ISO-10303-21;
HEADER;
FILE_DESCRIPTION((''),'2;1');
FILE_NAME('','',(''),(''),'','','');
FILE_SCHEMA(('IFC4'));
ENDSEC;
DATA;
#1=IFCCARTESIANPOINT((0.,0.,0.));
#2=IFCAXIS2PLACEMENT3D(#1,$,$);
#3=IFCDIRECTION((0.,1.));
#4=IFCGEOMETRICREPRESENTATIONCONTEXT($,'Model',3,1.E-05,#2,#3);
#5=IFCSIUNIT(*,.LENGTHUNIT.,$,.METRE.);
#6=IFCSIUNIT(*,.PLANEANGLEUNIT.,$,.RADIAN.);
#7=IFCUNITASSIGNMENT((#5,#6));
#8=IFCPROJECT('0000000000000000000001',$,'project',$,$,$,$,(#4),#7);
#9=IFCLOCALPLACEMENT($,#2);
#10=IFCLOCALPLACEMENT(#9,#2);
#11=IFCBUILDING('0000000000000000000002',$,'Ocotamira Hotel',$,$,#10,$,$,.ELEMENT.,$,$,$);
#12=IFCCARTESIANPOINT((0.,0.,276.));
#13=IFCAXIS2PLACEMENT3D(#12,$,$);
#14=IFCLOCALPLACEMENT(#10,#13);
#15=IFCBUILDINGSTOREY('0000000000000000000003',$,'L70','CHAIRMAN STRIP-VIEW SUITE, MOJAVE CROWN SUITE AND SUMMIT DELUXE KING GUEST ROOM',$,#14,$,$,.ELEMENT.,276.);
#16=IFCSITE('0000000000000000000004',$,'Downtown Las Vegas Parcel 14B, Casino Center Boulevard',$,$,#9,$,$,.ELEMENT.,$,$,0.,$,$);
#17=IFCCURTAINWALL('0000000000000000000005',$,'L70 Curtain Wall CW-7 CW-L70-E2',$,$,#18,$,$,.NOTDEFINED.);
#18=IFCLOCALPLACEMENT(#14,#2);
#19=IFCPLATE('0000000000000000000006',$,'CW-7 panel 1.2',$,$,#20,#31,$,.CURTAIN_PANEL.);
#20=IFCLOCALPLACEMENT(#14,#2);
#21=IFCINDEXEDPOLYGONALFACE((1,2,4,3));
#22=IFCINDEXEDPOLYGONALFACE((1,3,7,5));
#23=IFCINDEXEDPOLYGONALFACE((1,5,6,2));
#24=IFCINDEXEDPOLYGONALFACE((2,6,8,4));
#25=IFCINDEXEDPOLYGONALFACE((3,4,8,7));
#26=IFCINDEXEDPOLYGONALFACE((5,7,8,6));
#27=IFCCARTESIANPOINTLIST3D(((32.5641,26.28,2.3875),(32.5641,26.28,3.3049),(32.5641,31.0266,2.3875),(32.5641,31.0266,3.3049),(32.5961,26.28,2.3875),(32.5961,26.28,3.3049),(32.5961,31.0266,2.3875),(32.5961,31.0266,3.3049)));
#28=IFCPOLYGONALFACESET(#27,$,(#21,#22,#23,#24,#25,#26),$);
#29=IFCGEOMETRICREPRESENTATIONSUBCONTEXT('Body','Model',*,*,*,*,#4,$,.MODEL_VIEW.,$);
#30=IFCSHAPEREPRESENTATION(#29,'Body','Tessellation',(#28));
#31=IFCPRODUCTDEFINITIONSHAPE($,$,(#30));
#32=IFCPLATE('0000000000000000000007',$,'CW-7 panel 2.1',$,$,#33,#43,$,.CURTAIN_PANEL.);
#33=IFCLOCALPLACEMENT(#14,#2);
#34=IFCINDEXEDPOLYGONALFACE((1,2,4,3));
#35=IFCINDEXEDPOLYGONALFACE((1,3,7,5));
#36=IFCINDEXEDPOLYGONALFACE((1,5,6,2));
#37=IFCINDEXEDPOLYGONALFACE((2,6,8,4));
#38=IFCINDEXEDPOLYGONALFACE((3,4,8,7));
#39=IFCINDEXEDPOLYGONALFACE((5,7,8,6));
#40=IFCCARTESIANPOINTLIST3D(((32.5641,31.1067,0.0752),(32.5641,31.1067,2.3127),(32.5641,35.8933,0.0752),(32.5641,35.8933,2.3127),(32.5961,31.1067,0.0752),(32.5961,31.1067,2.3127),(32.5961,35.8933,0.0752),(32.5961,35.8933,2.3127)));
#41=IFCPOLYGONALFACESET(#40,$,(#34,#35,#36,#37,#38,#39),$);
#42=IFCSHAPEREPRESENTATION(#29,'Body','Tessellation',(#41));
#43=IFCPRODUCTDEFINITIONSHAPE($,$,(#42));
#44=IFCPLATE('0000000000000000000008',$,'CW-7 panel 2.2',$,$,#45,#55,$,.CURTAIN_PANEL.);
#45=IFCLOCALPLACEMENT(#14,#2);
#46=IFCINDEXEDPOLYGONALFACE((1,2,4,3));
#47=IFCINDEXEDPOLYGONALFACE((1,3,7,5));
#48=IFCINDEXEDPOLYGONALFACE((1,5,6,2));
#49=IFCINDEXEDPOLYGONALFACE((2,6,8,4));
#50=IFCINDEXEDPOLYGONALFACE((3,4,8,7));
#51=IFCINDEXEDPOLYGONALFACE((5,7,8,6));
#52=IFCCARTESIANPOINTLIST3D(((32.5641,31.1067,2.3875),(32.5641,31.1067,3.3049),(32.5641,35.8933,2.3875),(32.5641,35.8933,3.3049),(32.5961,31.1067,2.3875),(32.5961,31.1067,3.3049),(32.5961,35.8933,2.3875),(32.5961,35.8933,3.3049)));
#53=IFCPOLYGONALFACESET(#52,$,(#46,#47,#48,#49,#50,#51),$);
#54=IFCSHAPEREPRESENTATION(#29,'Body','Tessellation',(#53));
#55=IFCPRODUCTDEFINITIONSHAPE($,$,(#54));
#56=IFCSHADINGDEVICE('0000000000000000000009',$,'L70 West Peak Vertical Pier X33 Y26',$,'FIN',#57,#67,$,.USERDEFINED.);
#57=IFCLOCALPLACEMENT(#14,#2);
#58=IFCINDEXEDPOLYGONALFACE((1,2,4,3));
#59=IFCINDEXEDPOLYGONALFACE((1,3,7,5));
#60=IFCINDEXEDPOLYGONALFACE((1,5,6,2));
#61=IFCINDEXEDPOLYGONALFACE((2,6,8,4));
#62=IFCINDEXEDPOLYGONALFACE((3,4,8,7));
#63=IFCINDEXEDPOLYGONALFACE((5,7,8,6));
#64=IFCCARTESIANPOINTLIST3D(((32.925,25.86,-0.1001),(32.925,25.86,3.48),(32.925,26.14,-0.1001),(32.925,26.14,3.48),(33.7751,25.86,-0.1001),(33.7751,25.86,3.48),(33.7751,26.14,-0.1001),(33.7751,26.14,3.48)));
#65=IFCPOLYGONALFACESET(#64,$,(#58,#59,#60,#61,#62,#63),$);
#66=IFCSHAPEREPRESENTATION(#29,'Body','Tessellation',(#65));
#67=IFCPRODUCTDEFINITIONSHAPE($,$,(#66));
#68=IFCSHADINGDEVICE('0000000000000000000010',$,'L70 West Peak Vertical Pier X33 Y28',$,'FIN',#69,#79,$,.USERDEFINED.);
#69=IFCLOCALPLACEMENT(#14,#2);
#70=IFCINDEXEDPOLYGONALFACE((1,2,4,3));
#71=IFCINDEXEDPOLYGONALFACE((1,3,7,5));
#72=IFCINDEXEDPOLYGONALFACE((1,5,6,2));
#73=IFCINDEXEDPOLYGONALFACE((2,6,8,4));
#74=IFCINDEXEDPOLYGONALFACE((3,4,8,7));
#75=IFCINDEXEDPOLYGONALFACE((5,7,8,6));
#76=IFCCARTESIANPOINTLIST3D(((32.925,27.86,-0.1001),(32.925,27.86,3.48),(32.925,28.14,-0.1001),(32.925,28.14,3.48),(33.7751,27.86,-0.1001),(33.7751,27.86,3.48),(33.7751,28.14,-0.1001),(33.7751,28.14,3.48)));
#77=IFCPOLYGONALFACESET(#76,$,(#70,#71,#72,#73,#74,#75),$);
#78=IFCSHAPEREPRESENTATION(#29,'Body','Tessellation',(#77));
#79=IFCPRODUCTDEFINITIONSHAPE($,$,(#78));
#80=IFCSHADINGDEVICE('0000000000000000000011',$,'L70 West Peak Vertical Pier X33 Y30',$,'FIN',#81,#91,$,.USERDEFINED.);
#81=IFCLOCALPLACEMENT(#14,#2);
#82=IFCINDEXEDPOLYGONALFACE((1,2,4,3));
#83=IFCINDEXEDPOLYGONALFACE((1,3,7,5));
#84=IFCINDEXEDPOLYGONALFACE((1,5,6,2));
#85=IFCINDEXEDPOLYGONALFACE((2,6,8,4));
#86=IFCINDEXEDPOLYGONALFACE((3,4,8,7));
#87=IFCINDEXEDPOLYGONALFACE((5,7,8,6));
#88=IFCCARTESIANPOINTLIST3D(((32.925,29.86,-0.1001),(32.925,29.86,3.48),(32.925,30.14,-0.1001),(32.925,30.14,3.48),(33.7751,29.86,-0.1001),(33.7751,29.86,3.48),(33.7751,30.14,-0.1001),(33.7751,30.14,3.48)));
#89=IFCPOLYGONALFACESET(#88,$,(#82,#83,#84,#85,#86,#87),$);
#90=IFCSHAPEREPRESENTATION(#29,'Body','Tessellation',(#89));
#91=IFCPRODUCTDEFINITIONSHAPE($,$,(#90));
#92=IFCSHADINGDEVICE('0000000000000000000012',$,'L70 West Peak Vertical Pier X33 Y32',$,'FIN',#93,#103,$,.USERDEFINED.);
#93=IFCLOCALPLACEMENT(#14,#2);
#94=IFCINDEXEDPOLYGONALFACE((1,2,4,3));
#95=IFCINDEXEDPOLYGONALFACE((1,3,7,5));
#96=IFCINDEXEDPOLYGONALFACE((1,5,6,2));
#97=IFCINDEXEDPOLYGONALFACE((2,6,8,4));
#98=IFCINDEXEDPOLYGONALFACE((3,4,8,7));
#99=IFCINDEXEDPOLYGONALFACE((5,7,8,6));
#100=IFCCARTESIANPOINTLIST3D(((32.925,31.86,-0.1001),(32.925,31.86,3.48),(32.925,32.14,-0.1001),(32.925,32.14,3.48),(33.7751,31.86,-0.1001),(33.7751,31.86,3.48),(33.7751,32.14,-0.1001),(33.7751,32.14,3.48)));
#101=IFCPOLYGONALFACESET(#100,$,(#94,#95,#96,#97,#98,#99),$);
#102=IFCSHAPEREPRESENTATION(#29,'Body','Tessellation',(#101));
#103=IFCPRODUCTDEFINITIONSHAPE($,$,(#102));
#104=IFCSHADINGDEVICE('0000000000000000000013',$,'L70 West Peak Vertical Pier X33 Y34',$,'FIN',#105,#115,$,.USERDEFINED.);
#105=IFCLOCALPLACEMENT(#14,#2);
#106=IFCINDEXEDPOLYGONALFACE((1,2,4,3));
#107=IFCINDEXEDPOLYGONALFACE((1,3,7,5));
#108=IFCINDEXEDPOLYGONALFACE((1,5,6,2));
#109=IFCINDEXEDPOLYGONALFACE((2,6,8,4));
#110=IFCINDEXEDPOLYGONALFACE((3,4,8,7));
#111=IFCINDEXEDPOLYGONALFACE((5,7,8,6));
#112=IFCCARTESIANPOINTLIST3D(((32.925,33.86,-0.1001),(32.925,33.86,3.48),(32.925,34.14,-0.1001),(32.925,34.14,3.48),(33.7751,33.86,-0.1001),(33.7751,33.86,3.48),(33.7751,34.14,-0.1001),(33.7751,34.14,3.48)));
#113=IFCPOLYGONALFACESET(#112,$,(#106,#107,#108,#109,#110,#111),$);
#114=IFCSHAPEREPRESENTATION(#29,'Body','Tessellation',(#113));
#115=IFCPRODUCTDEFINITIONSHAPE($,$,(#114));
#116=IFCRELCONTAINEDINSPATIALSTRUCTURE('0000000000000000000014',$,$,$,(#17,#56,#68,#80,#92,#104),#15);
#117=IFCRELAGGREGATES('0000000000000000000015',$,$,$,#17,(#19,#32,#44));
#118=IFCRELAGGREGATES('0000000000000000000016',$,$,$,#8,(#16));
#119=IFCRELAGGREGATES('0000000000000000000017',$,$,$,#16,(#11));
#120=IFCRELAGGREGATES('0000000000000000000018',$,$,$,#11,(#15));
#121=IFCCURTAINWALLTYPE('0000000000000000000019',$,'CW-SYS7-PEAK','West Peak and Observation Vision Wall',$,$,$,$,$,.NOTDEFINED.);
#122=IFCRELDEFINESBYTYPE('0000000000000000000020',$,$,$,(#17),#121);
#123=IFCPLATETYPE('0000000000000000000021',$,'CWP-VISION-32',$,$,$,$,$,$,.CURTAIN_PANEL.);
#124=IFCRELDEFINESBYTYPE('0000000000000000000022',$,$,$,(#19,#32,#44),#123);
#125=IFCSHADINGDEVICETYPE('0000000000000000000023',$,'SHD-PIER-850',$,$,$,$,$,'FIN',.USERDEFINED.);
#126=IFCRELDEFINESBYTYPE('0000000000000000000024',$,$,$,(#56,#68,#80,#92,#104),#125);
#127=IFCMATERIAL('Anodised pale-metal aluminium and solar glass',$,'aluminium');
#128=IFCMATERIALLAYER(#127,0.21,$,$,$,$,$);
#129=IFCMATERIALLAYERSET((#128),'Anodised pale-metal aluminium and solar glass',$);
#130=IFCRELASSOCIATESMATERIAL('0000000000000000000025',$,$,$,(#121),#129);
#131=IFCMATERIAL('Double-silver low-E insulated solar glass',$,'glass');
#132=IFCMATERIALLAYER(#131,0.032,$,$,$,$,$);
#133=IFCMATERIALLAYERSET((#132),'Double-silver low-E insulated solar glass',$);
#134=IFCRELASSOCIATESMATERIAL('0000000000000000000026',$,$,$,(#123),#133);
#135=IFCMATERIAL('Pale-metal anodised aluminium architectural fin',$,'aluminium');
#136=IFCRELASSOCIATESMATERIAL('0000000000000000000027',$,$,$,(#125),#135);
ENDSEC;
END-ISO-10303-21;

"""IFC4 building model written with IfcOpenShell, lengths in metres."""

from ifc_helpers import new_model, si_unit, direction, frame, origin, origin_2d, place, context, subcontext, project, spatial, rectangle, extrude, source, transform, mapped, material, layer, layer_set, type_object, element, aggregate, save


model = new_model("IFC4")

# Units and contexts
model_context = context("Model", 3, precision=1e-05, world=origin(), true_north=direction((0.0, 1.0)))
body_context = subcontext(model_context, "Body", "Model", "MODEL_VIEW")
ifc_project = project(units=[si_unit("LENGTHUNIT", "METRE"), si_unit("PLANEANGLEUNIT", "RADIAN")], contexts=[model_context])

# Site, building, storey
site_placement = place(None, origin())
site = spatial("IfcSite", under=ifc_project, at=site_placement, Name="Downtown Las Vegas Parcel 14B, Casino Center Boulevard", CompositionType="ELEMENT", RefElevation=0.0)
building_placement = place(site_placement, origin())
building = spatial("IfcBuilding", under=site, at=building_placement, Name="Ocotamira Hotel", CompositionType="ELEMENT")
storey_placement = place(building_placement, frame((0.0, 0.0, 276.0)))
storey = spatial("IfcBuildingStorey", under=building, at=storey_placement, Name="L70", Description="CHAIRMAN STRIP-VIEW SUITE, MOJAVE CROWN SUITE AND SUMMIT DELUXE KING GUEST ROOM", CompositionType="ELEMENT", Elevation=276.0)

# Shared definitions
ifc_material_1 = material(Name="Anodised pale-metal aluminium and solar glass", Category="aluminium")
ifc_layer_1 = layer(ifc_material_1, 0.21)
ifc_layer_set_1 = layer_set([ifc_layer_1], Name="Anodised pale-metal aluminium and solar glass")
curtain_wall_type = type_object("IfcCurtainWallType", Name="CW-SYS7-PEAK", Description="West Peak and Observation Vision Wall", PredefinedType="NOTDEFINED", material=ifc_layer_set_1)

# Curtain wall, plates
curtain_wall_1_placement = place(storey_placement, origin())
curtain_wall_1 = element("IfcCurtainWall", 1, at=curtain_wall_1_placement, inside=storey, type_object=curtain_wall_type, Name="L70 Curtain Wall CW-7 CW-L70-E2", PredefinedType="NOTDEFINED")
ifc_material_2 = material(Name="Double-silver low-E insulated solar glass", Category="glass")
ifc_layer_2 = layer(ifc_material_2, 0.032)
ifc_layer_set_2 = layer_set([ifc_layer_2], Name="Double-silver low-E insulated solar glass")
plate_type = type_object("IfcPlateType", Name="CWP-VISION-32", PredefinedType="CURTAIN_PANEL", material=ifc_layer_set_2)
shared_shape_1 = source(origin(), body_context, "Body", "SweptSolid", [
    extrude(rectangle(XDim=4.7466, YDim=0.032, at=origin_2d()), origin(), (0.0, 0.0, 1.0), 0.9175),
])
plate_1_placement = place(storey_placement, frame((32.5801, 28.6533, 2.3875), z_axis=(0.0, 0.0, 1.0), x_axis=(0.0, 1.0, 0.0)))
plate_1 = element("IfcPlate", 2, at=plate_1_placement, type_object=plate_type, Name="CW-7 panel 1.2", PredefinedType="CURTAIN_PANEL", context=body_context, shape_type="MappedRepresentation", body=[
    mapped(shared_shape_1, transform((0.0, 0.0, 0.0), scale=1.0)),
])
shared_shape_2 = source(origin(), body_context, "Body", "SweptSolid", [
    extrude(rectangle(XDim=4.7866, YDim=0.032, at=origin_2d()), origin(), (0.0, 0.0, 1.0), 2.2375),
])
plate_2_placement = place(storey_placement, frame((32.5801, 33.5, 0.0752), z_axis=(0.0, 0.0, 1.0), x_axis=(0.0, 1.0, 0.0)))
plate_2 = element("IfcPlate", 3, at=plate_2_placement, type_object=plate_type, Name="CW-7 panel 2.1", PredefinedType="CURTAIN_PANEL", context=body_context, shape_type="MappedRepresentation", body=[
    mapped(shared_shape_2, transform((0.0, 0.0, 0.0), scale=1.0)),
])
shared_shape_3 = source(origin(), body_context, "Body", "SweptSolid", [
    extrude(rectangle(XDim=4.7866, YDim=0.032, at=origin_2d()), origin(), (0.0, 0.0, 1.0), 0.9175),
])
plate_3_placement = place(storey_placement, frame((32.5801, 33.5, 2.3875), z_axis=(0.0, 0.0, 1.0), x_axis=(0.0, 1.0, 0.0)))
plate_3 = element("IfcPlate", 4, at=plate_3_placement, type_object=plate_type, Name="CW-7 panel 2.2", PredefinedType="CURTAIN_PANEL", context=body_context, shape_type="MappedRepresentation", body=[
    mapped(shared_shape_3, transform((0.0, 0.0, 0.0), scale=1.0)),
])
aggregate(curtain_wall_1, [plate_1, plate_2, plate_3])

# Shading devices
ifc_material_3 = material(Name="Pale-metal anodised aluminium architectural fin", Category="aluminium")
shading_device_type = type_object("IfcShadingDeviceType", Name="SHD-PIER-850", ElementType="FIN", PredefinedType="USERDEFINED", material=ifc_material_3)
shared_shape_4 = source(origin(), body_context, "Body", "SweptSolid", [
    extrude(rectangle(XDim=0.8501, YDim=0.28, at=origin_2d()), origin(), (0.0, 0.0, 1.0), 3.5801),
])
for number, where, z_axis, x_axis, name in (
    (5, (33.3501, 26.0, -0.1001), (0.0, 0.0, 1.0), (1.0, 0.0, 0.0), "L70 West Peak Vertical Pier X33 Y26"),
    (6, (33.3501, 28.0, -0.1001), (0.0, 0.0, 1.0), (1.0, 0.0, 0.0), "L70 West Peak Vertical Pier X33 Y28"),
    (7, (33.3501, 30.0, -0.1001), (0.0, 0.0, 1.0), (1.0, 0.0, 0.0), "L70 West Peak Vertical Pier X33 Y30"),
    (8, (33.3501, 32.0, -0.1001), (0.0, 0.0, 1.0), (1.0, 0.0, 0.0), "L70 West Peak Vertical Pier X33 Y32"),
    (9, (33.3501, 34.0, -0.1001), (0.0, 0.0, 1.0), (1.0, 0.0, 0.0), "L70 West Peak Vertical Pier X33 Y34"),
):
    element("IfcShadingDevice", number, at=place(storey_placement, frame(where, z_axis=z_axis, x_axis=x_axis)), inside=storey, type_object=shading_device_type, Name=name, ObjectType="FIN", PredefinedType="USERDEFINED", context=body_context, shape_type="MappedRepresentation", body=[
        mapped(shared_shape_4, transform((0.0, 0.0, 0.0), scale=1.0)),
    ])

save(model, "model.ifc")
